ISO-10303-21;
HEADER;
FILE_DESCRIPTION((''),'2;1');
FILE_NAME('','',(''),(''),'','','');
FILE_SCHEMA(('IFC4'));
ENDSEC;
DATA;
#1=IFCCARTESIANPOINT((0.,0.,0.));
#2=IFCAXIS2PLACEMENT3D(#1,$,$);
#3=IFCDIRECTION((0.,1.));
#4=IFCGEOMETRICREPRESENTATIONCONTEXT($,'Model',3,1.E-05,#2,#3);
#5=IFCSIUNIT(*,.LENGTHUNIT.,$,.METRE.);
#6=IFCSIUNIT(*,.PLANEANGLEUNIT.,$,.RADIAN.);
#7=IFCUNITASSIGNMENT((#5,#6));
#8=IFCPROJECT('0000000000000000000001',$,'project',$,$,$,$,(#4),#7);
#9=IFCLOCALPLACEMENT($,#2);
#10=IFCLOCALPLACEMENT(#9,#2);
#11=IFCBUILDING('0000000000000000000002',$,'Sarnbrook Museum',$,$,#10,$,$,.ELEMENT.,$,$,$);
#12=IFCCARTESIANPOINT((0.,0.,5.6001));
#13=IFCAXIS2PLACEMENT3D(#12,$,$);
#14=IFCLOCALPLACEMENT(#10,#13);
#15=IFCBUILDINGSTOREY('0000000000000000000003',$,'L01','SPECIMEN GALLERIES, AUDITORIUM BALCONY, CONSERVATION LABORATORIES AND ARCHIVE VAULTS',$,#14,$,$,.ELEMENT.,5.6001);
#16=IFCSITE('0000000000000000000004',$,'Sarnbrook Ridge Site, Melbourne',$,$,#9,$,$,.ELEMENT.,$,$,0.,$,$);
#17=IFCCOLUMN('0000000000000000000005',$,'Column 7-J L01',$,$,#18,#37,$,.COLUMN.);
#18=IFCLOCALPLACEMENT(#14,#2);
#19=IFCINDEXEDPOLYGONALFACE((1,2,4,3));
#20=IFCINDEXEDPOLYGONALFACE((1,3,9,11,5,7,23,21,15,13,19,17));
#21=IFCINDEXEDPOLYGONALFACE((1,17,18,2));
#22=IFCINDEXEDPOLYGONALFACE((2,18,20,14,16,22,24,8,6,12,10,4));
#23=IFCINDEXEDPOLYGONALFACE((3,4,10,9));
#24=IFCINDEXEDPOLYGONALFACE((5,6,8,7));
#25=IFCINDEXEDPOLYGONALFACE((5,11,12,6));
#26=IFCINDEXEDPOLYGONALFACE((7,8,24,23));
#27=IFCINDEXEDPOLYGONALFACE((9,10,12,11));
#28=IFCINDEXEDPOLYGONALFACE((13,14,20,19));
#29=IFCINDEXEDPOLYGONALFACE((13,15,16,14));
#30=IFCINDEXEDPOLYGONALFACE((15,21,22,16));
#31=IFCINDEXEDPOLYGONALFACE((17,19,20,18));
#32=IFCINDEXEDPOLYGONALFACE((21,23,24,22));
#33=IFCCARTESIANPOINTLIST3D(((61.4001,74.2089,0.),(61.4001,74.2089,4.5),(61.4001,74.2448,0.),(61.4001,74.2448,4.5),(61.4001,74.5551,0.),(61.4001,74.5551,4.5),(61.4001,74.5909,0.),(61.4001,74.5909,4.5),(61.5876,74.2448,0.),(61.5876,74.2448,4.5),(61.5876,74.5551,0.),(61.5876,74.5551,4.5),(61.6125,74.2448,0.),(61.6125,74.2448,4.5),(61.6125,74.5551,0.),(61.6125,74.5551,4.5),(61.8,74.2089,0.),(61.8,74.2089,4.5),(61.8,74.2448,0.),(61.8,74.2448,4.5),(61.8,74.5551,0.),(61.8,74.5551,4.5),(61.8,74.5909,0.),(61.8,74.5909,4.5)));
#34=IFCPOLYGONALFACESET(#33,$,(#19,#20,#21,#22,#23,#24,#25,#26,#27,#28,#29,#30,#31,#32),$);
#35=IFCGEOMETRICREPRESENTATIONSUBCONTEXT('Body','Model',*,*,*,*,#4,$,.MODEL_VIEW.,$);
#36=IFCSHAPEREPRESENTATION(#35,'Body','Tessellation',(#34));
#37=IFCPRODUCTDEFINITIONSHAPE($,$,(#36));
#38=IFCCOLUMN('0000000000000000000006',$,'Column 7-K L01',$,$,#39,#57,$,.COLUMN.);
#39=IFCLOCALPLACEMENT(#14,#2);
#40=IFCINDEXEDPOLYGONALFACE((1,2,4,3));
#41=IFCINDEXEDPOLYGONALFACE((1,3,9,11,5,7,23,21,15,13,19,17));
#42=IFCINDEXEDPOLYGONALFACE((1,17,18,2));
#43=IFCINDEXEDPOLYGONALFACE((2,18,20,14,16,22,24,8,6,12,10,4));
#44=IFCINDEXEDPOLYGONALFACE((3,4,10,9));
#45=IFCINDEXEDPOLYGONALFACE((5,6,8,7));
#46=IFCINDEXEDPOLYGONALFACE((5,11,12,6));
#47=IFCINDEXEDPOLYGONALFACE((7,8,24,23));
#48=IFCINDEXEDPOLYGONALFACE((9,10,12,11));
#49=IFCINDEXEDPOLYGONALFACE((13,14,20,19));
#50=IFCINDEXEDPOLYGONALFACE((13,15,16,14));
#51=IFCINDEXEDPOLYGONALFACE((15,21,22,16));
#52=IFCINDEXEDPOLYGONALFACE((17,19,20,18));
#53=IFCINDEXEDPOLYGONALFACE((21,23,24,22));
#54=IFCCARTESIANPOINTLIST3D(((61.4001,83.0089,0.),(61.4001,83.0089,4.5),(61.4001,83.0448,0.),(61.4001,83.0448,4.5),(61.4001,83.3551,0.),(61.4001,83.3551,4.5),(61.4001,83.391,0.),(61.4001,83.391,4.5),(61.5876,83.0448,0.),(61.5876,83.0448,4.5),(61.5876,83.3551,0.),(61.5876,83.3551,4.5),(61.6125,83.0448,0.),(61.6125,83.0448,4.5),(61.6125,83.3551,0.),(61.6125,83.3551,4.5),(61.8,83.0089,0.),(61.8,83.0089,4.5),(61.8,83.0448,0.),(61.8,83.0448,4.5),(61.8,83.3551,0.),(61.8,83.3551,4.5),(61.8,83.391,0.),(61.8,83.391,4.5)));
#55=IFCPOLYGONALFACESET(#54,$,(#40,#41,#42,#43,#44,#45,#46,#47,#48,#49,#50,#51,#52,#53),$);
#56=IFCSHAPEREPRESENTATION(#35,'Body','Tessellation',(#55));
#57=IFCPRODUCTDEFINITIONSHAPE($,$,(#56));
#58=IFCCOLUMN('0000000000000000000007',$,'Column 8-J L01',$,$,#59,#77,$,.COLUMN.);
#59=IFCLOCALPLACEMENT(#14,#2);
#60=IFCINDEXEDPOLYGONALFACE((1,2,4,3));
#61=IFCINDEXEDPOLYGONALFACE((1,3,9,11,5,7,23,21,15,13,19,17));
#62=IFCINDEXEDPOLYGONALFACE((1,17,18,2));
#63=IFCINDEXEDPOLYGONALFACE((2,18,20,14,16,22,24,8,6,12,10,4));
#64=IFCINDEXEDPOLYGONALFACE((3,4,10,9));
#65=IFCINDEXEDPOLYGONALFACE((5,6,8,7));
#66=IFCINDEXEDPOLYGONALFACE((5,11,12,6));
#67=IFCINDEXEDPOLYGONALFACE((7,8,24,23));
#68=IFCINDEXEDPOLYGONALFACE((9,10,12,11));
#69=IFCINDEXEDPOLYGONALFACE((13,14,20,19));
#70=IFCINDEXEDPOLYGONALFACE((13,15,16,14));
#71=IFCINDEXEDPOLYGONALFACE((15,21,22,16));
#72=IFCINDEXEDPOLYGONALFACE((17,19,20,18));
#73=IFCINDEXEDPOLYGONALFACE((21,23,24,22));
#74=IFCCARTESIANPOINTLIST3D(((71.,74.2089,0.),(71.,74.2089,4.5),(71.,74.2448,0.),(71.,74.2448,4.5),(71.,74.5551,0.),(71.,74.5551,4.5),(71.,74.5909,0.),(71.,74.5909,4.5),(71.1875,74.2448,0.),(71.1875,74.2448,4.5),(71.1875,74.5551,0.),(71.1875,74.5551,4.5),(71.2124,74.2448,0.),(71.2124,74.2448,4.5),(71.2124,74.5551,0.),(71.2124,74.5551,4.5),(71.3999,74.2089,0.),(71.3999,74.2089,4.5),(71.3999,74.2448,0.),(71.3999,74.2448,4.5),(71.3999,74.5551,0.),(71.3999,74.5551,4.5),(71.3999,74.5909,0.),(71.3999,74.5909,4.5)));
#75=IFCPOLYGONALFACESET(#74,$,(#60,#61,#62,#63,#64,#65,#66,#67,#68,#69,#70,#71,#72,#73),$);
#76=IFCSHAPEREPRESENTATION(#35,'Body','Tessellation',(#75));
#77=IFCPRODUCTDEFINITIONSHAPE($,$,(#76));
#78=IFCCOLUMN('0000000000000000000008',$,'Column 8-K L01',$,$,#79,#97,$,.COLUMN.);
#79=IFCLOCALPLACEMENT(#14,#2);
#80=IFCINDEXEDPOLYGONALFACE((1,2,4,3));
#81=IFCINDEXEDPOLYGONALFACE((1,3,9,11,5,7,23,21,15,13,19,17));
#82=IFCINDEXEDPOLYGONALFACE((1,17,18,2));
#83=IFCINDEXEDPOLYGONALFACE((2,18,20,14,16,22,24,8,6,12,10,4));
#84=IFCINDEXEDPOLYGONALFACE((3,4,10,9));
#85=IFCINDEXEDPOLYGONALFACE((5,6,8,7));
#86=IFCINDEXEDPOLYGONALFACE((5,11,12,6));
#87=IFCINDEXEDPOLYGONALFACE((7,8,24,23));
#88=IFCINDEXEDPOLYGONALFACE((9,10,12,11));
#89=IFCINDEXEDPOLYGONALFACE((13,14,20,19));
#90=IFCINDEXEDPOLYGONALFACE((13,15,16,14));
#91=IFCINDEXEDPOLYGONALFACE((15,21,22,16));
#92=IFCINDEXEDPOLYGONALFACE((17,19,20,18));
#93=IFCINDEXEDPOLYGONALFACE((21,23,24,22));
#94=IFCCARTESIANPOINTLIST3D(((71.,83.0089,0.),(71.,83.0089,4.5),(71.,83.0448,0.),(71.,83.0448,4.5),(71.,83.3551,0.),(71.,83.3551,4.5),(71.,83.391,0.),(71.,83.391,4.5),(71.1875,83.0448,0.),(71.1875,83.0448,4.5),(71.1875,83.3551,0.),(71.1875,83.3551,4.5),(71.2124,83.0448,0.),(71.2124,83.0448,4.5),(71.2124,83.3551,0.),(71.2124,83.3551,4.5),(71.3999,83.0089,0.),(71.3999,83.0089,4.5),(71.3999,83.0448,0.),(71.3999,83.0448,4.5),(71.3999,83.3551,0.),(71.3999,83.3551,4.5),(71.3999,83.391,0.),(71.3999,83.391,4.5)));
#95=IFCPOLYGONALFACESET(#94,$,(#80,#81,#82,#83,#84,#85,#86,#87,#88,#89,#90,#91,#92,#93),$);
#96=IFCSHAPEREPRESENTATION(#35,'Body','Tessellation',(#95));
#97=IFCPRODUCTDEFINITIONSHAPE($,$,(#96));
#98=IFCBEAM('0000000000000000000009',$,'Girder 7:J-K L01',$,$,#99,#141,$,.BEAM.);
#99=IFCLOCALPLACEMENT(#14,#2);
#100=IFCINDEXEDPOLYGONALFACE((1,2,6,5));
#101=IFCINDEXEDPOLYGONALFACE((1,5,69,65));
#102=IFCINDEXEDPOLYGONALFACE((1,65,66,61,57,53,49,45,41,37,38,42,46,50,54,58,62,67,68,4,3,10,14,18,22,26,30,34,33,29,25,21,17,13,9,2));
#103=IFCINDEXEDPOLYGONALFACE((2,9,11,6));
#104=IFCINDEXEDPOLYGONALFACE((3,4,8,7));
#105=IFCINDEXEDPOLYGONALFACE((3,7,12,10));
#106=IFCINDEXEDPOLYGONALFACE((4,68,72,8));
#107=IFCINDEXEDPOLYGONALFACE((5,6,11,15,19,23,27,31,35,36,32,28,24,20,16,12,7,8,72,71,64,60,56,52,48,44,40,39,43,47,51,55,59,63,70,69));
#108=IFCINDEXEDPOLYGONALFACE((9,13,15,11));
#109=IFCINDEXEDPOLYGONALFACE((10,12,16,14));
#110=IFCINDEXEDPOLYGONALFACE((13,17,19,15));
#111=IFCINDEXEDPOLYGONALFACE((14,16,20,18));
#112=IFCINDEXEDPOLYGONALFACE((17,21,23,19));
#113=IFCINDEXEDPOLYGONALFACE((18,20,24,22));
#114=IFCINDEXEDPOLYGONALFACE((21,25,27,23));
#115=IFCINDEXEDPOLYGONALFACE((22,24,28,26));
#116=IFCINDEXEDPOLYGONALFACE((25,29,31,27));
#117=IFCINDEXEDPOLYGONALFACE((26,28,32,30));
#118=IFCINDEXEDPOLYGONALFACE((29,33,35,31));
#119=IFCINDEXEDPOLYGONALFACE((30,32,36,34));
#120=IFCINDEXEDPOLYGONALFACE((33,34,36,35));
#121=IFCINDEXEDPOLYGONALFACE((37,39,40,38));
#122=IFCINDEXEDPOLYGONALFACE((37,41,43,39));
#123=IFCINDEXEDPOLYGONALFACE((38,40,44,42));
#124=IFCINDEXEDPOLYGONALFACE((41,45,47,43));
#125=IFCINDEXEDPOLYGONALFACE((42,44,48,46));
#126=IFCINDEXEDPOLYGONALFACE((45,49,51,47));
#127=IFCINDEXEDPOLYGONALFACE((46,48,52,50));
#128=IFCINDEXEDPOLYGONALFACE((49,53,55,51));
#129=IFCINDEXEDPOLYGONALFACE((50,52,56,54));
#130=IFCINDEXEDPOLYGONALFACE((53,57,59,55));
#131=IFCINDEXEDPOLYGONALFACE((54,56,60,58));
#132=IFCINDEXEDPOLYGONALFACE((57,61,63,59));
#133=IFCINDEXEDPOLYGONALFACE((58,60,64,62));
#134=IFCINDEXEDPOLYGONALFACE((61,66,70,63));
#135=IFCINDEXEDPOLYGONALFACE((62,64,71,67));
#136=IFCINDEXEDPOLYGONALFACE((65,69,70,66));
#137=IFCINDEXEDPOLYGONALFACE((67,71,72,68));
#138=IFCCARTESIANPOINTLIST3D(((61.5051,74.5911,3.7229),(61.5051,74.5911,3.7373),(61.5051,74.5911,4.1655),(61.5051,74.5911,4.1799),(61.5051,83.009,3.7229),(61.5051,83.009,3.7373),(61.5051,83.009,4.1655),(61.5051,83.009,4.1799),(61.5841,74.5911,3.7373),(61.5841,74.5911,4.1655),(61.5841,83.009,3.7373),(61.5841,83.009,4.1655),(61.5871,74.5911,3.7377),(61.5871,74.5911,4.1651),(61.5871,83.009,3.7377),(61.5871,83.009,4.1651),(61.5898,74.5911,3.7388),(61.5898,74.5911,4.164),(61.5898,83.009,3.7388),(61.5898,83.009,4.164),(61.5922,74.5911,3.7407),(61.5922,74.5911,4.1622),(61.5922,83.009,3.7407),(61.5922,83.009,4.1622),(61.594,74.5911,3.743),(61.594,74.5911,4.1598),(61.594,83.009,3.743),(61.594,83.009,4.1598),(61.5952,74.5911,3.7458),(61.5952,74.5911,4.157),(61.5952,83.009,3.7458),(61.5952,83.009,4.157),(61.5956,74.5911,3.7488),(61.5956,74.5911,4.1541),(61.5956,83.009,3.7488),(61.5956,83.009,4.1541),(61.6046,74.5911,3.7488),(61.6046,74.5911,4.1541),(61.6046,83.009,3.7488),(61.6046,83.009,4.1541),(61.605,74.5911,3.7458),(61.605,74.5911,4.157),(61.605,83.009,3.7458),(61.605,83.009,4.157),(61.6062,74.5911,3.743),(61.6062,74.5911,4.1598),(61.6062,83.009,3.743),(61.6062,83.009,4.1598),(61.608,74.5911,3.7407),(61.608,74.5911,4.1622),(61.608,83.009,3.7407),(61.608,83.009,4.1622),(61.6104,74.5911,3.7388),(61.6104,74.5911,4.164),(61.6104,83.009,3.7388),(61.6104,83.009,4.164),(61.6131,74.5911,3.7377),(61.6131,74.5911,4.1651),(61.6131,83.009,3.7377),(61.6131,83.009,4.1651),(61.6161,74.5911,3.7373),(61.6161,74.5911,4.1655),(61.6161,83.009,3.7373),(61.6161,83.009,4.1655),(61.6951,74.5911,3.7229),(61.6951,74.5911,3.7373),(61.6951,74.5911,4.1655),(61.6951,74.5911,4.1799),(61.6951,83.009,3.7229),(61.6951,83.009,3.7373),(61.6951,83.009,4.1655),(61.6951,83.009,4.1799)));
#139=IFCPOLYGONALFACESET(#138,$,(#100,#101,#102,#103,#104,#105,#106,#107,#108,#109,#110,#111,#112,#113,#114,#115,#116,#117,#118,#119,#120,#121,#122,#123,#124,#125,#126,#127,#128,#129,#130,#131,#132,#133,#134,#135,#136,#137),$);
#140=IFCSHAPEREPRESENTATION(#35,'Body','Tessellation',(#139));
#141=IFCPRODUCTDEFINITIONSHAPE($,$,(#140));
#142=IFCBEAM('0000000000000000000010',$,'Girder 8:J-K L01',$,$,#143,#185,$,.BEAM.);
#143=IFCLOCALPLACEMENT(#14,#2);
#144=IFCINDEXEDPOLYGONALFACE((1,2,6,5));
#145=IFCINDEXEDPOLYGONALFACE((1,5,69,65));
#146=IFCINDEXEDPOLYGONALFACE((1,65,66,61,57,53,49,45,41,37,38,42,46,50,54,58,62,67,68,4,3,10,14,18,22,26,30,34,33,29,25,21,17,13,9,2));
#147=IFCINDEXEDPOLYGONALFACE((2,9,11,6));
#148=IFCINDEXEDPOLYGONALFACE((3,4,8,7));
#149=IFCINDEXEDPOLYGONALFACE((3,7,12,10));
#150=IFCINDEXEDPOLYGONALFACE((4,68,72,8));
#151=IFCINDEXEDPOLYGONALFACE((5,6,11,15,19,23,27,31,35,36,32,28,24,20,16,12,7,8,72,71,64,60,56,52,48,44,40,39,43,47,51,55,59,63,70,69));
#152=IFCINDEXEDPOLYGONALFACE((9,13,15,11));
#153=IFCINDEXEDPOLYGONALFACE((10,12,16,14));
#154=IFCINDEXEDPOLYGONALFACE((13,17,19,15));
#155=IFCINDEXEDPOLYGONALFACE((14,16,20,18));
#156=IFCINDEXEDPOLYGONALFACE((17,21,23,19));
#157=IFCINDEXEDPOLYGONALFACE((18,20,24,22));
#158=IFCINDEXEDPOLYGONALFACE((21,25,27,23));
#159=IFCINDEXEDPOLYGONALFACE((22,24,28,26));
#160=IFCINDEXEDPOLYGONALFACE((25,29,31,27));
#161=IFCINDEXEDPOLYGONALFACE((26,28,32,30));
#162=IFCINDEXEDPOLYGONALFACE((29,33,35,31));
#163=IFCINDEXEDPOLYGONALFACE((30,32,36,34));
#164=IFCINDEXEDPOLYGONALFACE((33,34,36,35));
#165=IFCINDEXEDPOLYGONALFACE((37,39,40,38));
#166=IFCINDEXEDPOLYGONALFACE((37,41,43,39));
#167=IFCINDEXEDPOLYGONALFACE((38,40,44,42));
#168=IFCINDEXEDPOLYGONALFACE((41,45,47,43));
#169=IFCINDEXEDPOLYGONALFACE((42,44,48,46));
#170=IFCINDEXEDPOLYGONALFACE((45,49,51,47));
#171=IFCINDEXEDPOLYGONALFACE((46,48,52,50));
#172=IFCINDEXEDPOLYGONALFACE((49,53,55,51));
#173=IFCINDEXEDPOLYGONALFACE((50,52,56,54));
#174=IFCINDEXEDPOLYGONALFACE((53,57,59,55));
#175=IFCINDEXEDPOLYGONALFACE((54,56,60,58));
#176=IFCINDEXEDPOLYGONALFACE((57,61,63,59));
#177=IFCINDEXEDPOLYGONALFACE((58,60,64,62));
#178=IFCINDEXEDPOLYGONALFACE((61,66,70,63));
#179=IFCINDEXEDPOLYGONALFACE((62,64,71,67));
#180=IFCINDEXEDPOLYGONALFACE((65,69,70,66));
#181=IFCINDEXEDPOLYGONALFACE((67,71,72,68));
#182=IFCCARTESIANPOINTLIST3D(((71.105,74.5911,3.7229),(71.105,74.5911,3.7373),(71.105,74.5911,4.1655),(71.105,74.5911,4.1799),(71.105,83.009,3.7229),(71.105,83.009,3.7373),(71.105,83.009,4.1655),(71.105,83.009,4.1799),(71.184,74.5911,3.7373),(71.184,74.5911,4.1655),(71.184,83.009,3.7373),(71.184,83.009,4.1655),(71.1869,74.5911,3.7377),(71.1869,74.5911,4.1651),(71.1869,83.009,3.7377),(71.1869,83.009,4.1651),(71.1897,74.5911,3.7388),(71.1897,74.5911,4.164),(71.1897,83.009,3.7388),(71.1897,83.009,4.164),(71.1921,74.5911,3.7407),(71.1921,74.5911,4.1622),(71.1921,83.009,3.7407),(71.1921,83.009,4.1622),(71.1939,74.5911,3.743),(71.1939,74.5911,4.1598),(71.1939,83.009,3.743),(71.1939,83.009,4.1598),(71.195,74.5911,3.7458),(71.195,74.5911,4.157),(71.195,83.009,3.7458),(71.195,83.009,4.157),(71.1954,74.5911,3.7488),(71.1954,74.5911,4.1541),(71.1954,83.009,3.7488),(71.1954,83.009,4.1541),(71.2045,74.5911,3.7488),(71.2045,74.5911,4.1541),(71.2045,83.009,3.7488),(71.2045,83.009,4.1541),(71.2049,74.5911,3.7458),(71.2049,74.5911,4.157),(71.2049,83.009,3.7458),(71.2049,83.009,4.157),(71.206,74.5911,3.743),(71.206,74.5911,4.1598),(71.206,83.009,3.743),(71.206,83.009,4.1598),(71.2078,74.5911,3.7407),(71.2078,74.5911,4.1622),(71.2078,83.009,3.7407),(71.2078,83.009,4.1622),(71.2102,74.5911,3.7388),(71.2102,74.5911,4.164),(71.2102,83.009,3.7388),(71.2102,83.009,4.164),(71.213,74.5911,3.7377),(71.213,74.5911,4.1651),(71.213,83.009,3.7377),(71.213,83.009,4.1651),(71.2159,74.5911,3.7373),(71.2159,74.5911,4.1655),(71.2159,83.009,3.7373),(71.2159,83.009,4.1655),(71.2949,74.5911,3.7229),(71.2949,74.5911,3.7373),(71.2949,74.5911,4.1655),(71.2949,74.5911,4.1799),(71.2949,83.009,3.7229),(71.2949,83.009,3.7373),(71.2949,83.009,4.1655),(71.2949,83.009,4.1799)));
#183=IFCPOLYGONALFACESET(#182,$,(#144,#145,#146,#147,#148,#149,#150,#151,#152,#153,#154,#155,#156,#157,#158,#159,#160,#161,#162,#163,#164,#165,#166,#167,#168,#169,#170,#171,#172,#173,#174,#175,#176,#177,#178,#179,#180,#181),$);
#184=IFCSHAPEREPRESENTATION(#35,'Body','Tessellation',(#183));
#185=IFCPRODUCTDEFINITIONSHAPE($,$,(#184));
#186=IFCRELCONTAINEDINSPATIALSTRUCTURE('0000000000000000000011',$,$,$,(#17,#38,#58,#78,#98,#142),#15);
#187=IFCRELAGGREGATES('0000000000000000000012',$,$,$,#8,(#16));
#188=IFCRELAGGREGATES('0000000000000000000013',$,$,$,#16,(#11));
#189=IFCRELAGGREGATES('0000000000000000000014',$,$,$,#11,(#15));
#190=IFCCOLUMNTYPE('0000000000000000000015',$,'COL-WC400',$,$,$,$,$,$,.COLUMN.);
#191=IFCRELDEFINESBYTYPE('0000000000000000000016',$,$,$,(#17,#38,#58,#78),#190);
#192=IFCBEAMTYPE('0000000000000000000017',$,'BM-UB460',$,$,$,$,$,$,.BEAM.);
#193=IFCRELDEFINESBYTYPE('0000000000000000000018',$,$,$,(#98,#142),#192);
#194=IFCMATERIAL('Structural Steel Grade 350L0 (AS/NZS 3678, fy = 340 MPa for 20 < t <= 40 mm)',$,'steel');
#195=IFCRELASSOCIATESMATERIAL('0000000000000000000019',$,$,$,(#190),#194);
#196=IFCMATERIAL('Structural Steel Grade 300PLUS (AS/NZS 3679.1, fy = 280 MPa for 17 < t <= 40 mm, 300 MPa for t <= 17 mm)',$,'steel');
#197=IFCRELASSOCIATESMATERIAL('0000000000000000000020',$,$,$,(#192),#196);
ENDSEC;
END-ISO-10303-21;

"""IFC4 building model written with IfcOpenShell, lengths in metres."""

from ifc_helpers import new_model, si_unit, direction, frame, origin, origin_2d, place, context, subcontext, project, spatial, i_section, extrude, material, material_profile, profile_set, type_object, element, save


model = new_model("IFC4")

# Units and contexts
model_context = context("Model", 3, precision=1e-05, world=origin(), true_north=direction((0.0, 1.0)))
body_context = subcontext(model_context, "Body", "Model", "MODEL_VIEW")
ifc_project = project(units=[si_unit("LENGTHUNIT", "METRE"), si_unit("PLANEANGLEUNIT", "RADIAN")], contexts=[model_context])

# Site, building, storey
site_placement = place(None, origin())
site = spatial("IfcSite", under=ifc_project, at=site_placement, Name="Sarnbrook Ridge Site, Melbourne", CompositionType="ELEMENT", RefElevation=0.0)
building_placement = place(site_placement, origin())
building = spatial("IfcBuilding", under=site, at=building_placement, Name="Sarnbrook Museum", CompositionType="ELEMENT")
storey_placement = place(building_placement, frame((0.0, 0.0, 5.6001)))
storey = spatial("IfcBuildingStorey", under=building, at=storey_placement, Name="L01", Description="SPECIMEN GALLERIES, AUDITORIUM BALCONY, CONSERVATION LABORATORIES AND ARCHIVE VAULTS", CompositionType="ELEMENT", Elevation=5.6001)

# Columns
ifc_material_1 = material(Name="Structural Steel Grade 350L0 (AS/NZS 3678, fy = 340 MPa for 20 < t <= 40 mm)", Category="steel")
ifc_material_profile_1 = material_profile(ifc_material_1, i_section(OverallWidth=0.3999, OverallDepth=0.3821, WebThickness=0.0249, FlangeThickness=0.0359, at=origin_2d()), Name="400WC270")
ifc_profile_set_1 = profile_set([ifc_material_profile_1], Name="Structural Steel Grade 350L0 (AS/NZS 3678, fy = 340 MPa for 20 < t <= 40 mm)")
column_type = type_object("IfcColumnType", Name="COL-WC400", PredefinedType="COLUMN", material=ifc_profile_set_1)
for number, where, z_axis, x_axis, name in (
    (1, (61.6001, 74.3999, 0.0), (0.0, 0.0, 1.0), (1.0, 0.0, 0.0), "Column 7-J L01"),
    (2, (61.6001, 83.2, 0.0), (0.0, 0.0, 1.0), (1.0, 0.0, 0.0), "Column 7-K L01"),
    (3, (71.2, 74.3999, 0.0), (0.0, 0.0, 1.0), (1.0, 0.0, 0.0), "Column 8-J L01"),
    (4, (71.2, 83.2, 0.0), (0.0, 0.0, 1.0), (1.0, 0.0, 0.0), "Column 8-K L01"),
):
    element("IfcColumn", number, at=place(storey_placement, frame(where, z_axis=z_axis, x_axis=x_axis)), inside=storey, type_object=column_type, Name=name, PredefinedType="COLUMN", context=body_context, shape_type="SweptSolid", body=[
        extrude(i_section(OverallWidth=0.3999, OverallDepth=0.3821, WebThickness=0.0249, FlangeThickness=0.0359, at=origin_2d()), origin(), (0.0, 0.0, 1.0), 4.5),
    ])

# Beams
ifc_material_2 = material(Name="Structural Steel Grade 300PLUS (AS/NZS 3679.1, fy = 280 MPa for 17 < t <= 40 mm, 300 MPa for t <= 17 mm)", Category="steel")
ifc_material_profile_2 = material_profile(ifc_material_2, i_section(OverallWidth=0.1899, OverallDepth=0.457, WebThickness=0.009, FlangeThickness=0.0144, FilletRadius=0.0115, at=origin_2d()), Name="460UB74.6")
ifc_profile_set_2 = profile_set([ifc_material_profile_2], Name="Structural Steel Grade 300PLUS (AS/NZS 3679.1, fy = 280 MPa for 17 < t <= 40 mm, 300 MPa for t <= 17 mm)")
beam_type_1 = type_object("IfcBeamType", Name="BM-UB460", PredefinedType="BEAM", material=ifc_profile_set_2)
for number, where, z_axis, x_axis, name in (
    (5, (61.6001, 74.5911, 3.9514), (0.0, 1.0, 0.0), (-1.0, 0.0, 0.0), "Girder 7:J-K L01"),
    (6, (71.2, 74.5911, 3.9514), (0.0, 1.0, 0.0), (-1.0, 0.0, 0.0), "Girder 8:J-K L01"),
):
    element("IfcBeam", number, at=place(storey_placement, frame(where, z_axis=z_axis, x_axis=x_axis)), inside=storey, type_object=beam_type_1, Name=name, PredefinedType="BEAM", context=body_context, shape_type="SweptSolid", body=[
        extrude(i_section(OverallWidth=0.1899, OverallDepth=0.457, WebThickness=0.009, FlangeThickness=0.0144, FilletRadius=0.0115, at=origin_2d()), origin(), (0.0, 0.0, 1.0), 8.418),
    ])

save(model, "model.ifc")
